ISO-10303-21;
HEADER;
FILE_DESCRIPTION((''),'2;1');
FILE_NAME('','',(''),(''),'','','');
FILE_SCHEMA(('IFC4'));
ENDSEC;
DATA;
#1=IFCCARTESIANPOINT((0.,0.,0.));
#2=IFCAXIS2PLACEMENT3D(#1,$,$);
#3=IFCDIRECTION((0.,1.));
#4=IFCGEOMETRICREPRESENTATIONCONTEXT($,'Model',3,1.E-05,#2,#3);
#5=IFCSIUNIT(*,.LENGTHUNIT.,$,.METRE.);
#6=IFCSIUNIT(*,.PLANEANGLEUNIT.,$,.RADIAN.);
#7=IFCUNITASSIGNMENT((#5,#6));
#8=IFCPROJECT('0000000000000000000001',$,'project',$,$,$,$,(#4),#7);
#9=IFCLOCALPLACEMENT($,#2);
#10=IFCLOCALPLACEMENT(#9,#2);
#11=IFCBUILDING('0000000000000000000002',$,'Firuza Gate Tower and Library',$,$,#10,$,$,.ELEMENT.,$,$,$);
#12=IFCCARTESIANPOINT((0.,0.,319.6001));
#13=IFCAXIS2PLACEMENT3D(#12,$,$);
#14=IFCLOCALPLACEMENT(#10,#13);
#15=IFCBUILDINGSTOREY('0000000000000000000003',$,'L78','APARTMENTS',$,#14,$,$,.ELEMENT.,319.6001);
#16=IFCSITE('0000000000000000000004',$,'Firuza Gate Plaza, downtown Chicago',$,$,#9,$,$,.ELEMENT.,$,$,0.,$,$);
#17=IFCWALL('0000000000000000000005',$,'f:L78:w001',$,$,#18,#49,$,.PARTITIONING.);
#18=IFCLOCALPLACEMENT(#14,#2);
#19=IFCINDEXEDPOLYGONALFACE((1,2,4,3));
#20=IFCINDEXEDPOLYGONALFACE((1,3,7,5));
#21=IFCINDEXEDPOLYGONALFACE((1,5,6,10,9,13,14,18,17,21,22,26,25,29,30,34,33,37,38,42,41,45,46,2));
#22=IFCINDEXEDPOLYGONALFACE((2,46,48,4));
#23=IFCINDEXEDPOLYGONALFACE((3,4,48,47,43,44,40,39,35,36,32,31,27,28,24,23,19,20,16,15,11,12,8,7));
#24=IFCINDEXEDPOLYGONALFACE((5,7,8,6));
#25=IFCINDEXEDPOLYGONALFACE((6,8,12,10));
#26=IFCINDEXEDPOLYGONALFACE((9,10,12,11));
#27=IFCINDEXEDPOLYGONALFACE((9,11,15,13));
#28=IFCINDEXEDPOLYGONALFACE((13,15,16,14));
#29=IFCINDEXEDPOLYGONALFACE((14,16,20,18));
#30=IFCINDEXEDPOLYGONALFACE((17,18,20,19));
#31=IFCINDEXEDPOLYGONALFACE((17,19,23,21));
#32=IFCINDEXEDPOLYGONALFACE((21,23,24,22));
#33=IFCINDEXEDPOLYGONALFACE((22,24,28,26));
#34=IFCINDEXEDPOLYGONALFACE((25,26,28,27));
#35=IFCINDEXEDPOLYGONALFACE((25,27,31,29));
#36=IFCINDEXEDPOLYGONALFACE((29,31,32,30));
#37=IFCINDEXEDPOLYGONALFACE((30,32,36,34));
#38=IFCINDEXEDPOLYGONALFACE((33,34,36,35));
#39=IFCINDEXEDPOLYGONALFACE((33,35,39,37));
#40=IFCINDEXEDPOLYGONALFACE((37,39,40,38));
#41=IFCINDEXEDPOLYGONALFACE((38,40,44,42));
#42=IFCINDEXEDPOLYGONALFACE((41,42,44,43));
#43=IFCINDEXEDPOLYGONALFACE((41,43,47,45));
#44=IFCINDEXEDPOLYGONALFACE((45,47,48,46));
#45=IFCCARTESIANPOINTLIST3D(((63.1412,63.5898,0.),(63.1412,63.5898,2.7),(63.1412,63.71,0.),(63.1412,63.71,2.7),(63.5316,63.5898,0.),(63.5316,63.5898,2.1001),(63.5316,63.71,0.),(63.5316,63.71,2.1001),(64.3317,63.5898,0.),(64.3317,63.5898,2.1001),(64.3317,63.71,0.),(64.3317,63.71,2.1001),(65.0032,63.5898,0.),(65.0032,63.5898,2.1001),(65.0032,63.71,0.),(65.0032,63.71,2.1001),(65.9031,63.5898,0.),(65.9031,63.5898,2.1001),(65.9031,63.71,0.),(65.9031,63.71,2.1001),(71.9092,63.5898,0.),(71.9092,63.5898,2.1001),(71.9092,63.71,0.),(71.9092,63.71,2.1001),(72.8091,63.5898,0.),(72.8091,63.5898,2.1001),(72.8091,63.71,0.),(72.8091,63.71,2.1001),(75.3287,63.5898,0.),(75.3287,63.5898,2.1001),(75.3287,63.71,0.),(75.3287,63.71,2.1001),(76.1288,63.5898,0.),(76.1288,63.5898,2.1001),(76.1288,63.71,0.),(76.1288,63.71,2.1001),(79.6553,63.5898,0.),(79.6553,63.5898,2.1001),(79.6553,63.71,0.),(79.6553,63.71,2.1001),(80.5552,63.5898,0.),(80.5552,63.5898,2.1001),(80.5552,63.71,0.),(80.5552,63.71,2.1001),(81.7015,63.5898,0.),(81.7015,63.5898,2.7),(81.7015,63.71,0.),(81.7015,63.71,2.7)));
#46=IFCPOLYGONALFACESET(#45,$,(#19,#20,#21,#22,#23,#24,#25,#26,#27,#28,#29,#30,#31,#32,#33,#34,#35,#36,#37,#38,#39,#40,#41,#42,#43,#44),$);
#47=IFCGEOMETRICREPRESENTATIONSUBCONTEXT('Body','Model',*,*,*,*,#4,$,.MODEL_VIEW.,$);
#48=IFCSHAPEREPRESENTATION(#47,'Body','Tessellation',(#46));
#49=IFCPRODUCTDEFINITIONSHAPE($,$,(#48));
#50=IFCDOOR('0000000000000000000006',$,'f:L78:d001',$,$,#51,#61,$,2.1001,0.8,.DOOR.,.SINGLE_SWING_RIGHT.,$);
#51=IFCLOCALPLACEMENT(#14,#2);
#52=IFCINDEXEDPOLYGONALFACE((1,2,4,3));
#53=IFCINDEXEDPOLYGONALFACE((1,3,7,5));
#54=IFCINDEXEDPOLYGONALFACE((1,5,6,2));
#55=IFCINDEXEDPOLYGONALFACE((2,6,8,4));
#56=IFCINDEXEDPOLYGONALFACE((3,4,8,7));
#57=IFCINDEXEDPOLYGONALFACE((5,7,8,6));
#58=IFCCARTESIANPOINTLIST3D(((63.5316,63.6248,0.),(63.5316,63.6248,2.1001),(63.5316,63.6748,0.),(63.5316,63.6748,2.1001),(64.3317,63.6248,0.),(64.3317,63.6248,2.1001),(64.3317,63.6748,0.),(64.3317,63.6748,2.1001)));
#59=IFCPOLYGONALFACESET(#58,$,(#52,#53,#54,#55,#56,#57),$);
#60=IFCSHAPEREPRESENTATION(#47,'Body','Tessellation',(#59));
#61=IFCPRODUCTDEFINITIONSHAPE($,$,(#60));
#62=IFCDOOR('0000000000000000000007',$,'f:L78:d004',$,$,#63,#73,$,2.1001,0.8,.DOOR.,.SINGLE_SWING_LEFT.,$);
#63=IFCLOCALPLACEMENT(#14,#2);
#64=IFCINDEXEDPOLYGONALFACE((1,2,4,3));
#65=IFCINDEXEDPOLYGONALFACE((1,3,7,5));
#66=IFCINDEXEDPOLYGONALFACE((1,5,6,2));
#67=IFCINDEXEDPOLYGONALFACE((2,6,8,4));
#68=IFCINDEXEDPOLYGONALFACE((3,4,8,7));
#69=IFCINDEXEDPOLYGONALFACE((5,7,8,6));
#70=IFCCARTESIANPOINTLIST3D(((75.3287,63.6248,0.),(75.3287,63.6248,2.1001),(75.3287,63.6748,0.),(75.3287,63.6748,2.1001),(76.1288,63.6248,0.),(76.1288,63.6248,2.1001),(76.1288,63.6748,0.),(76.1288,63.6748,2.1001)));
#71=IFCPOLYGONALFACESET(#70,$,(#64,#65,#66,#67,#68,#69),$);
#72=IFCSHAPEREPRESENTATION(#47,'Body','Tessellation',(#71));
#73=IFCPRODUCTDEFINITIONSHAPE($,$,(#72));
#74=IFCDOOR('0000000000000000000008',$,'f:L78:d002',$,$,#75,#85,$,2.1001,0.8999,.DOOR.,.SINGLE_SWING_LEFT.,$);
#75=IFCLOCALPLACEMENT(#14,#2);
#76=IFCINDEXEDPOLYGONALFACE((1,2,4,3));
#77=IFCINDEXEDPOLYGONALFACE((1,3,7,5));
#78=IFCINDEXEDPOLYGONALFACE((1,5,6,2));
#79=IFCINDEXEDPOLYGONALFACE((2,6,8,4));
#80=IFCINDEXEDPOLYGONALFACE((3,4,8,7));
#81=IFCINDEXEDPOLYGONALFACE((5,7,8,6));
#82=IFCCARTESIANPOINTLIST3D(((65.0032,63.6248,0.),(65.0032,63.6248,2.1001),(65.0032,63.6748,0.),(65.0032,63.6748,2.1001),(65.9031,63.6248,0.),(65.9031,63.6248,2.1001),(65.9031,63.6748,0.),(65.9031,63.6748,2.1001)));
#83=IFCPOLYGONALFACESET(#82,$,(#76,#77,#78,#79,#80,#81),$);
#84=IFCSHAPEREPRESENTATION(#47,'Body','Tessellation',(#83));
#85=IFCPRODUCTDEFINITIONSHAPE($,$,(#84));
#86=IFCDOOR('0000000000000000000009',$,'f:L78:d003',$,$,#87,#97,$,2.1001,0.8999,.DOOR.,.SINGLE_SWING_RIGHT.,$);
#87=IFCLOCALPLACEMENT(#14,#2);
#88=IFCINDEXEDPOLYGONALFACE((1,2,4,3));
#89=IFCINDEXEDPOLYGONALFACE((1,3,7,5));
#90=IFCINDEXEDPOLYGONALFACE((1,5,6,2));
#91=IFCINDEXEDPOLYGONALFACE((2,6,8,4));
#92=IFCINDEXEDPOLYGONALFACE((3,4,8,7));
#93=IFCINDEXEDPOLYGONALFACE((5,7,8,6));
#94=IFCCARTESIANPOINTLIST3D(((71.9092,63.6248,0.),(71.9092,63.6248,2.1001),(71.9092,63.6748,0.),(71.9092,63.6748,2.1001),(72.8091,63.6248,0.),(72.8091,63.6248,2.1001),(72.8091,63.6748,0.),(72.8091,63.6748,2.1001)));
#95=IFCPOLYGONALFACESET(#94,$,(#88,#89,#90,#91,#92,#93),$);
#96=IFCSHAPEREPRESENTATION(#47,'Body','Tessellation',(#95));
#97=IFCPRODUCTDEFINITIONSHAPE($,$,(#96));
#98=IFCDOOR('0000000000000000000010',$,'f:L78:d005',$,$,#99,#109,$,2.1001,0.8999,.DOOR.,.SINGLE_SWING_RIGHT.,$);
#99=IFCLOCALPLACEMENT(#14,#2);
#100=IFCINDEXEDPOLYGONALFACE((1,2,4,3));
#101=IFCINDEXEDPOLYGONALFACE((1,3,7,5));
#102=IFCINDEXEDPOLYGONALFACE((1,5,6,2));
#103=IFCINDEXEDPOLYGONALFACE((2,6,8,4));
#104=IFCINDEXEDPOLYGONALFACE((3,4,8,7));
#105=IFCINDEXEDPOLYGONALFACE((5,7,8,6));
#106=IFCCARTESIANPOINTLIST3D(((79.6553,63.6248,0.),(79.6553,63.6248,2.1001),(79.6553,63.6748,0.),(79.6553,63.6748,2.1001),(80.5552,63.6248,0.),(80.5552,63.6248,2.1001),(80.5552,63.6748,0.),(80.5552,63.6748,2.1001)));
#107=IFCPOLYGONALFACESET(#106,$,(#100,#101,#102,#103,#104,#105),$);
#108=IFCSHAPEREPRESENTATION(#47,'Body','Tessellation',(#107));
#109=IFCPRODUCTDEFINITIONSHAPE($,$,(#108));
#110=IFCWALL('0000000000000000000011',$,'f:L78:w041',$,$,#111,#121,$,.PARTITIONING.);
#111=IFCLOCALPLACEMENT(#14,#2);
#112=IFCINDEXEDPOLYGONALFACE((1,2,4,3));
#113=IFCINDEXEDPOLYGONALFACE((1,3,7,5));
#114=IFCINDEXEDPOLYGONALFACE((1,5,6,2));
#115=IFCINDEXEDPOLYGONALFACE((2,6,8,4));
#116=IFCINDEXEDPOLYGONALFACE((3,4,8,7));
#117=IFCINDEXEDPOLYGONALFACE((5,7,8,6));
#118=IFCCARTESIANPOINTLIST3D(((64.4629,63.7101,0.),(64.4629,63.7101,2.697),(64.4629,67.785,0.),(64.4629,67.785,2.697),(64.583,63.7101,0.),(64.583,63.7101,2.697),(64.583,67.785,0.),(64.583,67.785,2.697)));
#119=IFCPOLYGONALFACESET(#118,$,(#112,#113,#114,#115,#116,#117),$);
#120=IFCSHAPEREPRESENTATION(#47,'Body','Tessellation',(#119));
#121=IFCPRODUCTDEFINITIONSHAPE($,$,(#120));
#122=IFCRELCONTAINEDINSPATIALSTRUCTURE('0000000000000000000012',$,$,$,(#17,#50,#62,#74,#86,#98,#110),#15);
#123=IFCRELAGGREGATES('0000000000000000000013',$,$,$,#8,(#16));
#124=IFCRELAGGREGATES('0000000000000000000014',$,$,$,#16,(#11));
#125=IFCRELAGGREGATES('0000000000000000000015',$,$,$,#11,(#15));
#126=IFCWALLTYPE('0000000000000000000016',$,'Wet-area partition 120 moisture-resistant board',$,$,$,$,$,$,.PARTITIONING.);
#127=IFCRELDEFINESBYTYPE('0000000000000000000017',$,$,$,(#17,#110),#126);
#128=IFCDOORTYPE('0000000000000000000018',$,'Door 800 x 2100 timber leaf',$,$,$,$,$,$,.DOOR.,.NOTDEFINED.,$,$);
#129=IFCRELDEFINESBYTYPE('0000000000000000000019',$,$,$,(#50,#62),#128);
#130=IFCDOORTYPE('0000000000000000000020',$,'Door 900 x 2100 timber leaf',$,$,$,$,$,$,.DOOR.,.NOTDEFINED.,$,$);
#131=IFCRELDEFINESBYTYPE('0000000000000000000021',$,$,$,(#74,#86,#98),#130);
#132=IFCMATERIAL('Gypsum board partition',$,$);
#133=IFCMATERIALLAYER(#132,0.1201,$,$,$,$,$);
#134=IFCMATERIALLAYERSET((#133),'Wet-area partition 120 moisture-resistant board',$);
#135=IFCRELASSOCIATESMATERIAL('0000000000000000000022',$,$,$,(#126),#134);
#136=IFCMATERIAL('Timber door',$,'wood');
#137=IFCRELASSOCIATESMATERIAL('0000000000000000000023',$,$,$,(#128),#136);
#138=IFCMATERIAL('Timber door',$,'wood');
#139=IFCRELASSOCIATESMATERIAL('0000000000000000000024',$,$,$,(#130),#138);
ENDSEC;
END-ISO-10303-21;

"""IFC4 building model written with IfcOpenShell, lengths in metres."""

from ifc_helpers import new_model, si_unit, direction, frame, frame_2d, origin, place, context, subcontext, project, spatial, rectangle, extrude, material, layer, layer_set, type_object, element, fill, save


model = new_model("IFC4")

# Units and contexts
model_context = context("Model", 3, precision=1e-05, world=origin(), true_north=direction((0.0, 1.0)))
body_context = subcontext(model_context, "Body", "Model", "MODEL_VIEW")
ifc_project = project(units=[si_unit("LENGTHUNIT", "METRE"), si_unit("PLANEANGLEUNIT", "RADIAN")], contexts=[model_context])

# Site, building, storey
site_placement = place(None, origin())
site = spatial("IfcSite", under=ifc_project, at=site_placement, Name="Firuza Gate Plaza, downtown Chicago", CompositionType="ELEMENT", RefElevation=0.0)
building_placement = place(site_placement, origin())
building = spatial("IfcBuilding", under=site, at=building_placement, Name="Firuza Gate Tower and Library", CompositionType="ELEMENT")
storey_placement = place(building_placement, frame((0.0, 0.0, 319.6001)))
storey = spatial("IfcBuildingStorey", under=building, at=storey_placement, Name="L78", Description="APARTMENTS", CompositionType="ELEMENT", Elevation=319.6001)

# Wall, openings, doors
ifc_material_1 = material(Name="Gypsum board partition")
ifc_layer_1 = layer(ifc_material_1, 0.1201)
ifc_layer_set_1 = layer_set([ifc_layer_1], Name="Wet-area partition 120 moisture-resistant board")
wall_type_1 = type_object("IfcWallType", Name="Wet-area partition 120 moisture-resistant board", PredefinedType="PARTITIONING", material=ifc_layer_set_1)
wall_1_placement = place(storey_placement, frame((63.1411, 63.6499, 0.0), z_axis=(0.0, 0.0, 1.0), x_axis=(1.0, 0.0, 0.0)))
wall_1 = element("IfcWall", 1, at=wall_1_placement, inside=storey, type_object=wall_type_1, Name="f:L78:w001", PredefinedType="PARTITIONING", context=body_context, shape_type="SweptSolid", body=[
    extrude(rectangle(XDim=18.5603, YDim=0.1201, at=frame_2d((9.2803, 0.0))), origin(), (0.0, 0.0, 1.0), 2.7),
])
opening_1_placement = place(wall_1_placement, frame((0.3906, 0.0, 0.0)))
opening_1 = element("IfcOpeningElement", 2, at=opening_1_placement, cuts=wall_1, PredefinedType="OPENING", context=body_context, shape_type="SweptSolid", body=[
    extrude(rectangle(XDim=0.8, YDim=2.1001, at=frame_2d((0.3999, 1.05))), frame((0.0, 0.0701, 0.0), z_axis=(0.0, -1.0, 0.0), x_axis=(1.0, 0.0, 0.0)), (0.0, 0.0, 1.0), 0.1401),
])
opening_2_placement = place(wall_1_placement, frame((1.8621, 0.0, 0.0)))
opening_2 = element("IfcOpeningElement", 3, at=opening_2_placement, cuts=wall_1, PredefinedType="OPENING", context=body_context, shape_type="SweptSolid", body=[
    extrude(rectangle(XDim=0.8999, YDim=2.1001, at=frame_2d((0.45, 1.05))), frame((0.0, 0.0701, 0.0), z_axis=(0.0, -1.0, 0.0), x_axis=(1.0, 0.0, 0.0)), (0.0, 0.0, 1.0), 0.1401),
])
opening_3_placement = place(wall_1_placement, frame((8.7681, 0.0, 0.0)))
opening_3 = element("IfcOpeningElement", 4, at=opening_3_placement, cuts=wall_1, PredefinedType="OPENING", context=body_context, shape_type="SweptSolid", body=[
    extrude(rectangle(XDim=0.8999, YDim=2.1001, at=frame_2d((0.45, 1.05))), frame((0.0, 0.0701, 0.0), z_axis=(0.0, -1.0, 0.0), x_axis=(1.0, 0.0, 0.0)), (0.0, 0.0, 1.0), 0.1401),
])
opening_4_placement = place(wall_1_placement, frame((12.1877, 0.0, 0.0)))
opening_4 = element("IfcOpeningElement", 5, at=opening_4_placement, cuts=wall_1, PredefinedType="OPENING", context=body_context, shape_type="SweptSolid", body=[
    extrude(rectangle(XDim=0.8, YDim=2.1001, at=frame_2d((0.3999, 1.05))), frame((0.0, 0.0701, 0.0), z_axis=(0.0, -1.0, 0.0), x_axis=(1.0, 0.0, 0.0)), (0.0, 0.0, 1.0), 0.1401),
])
opening_5_placement = place(wall_1_placement, frame((16.5142, 0.0, 0.0)))
opening_5 = element("IfcOpeningElement", 6, at=opening_5_placement, cuts=wall_1, PredefinedType="OPENING", context=body_context, shape_type="SweptSolid", body=[
    extrude(rectangle(XDim=0.8999, YDim=2.1001, at=frame_2d((0.45, 1.05))), frame((0.0, 0.0701, 0.0), z_axis=(0.0, -1.0, 0.0), x_axis=(1.0, 0.0, 0.0)), (0.0, 0.0, 1.0), 0.1401),
])
ifc_material_2 = material(Name="Timber door", Category="wood")
door_type_1 = type_object("IfcDoorType", Name="Door 800 x 2100 timber leaf", OperationType="NOTDEFINED", PredefinedType="DOOR", material=ifc_material_2)
door_1_placement = place(opening_1_placement, origin())
door_1 = element("IfcDoor", 7, at=door_1_placement, inside=storey, type_object=door_type_1, Name="f:L78:d001", OperationType="SINGLE_SWING_RIGHT", OverallHeight=2.1001, OverallWidth=0.8, PredefinedType="DOOR", context=body_context, shape_type="SweptSolid", body=[
    extrude(rectangle(XDim=0.8, YDim=2.1001, at=frame_2d((0.3999, 1.05))), frame((0.0, 0.0249, 0.0), z_axis=(0.0, -1.0, 0.0), x_axis=(1.0, 0.0, 0.0)), (0.0, 0.0, 1.0), 0.05),
])
fill(opening_1, door_1)
door_2_placement = place(opening_4_placement, origin())
door_2 = element("IfcDoor", 8, at=door_2_placement, inside=storey, type_object=door_type_1, Name="f:L78:d004", OperationType="SINGLE_SWING_LEFT", OverallHeight=2.1001, OverallWidth=0.8, PredefinedType="DOOR", context=body_context, shape_type="SweptSolid", body=[
    extrude(rectangle(XDim=0.8, YDim=2.1001, at=frame_2d((0.3999, 1.05))), frame((0.0, 0.0249, 0.0), z_axis=(0.0, -1.0, 0.0), x_axis=(1.0, 0.0, 0.0)), (0.0, 0.0, 1.0), 0.05),
])
fill(opening_4, door_2)
ifc_material_3 = material(Name="Timber door", Category="wood")
door_type_2 = type_object("IfcDoorType", Name="Door 900 x 2100 timber leaf", OperationType="NOTDEFINED", PredefinedType="DOOR", material=ifc_material_3)
door_3_placement = place(opening_2_placement, origin())
door_3 = element("IfcDoor", 9, at=door_3_placement, inside=storey, type_object=door_type_2, Name="f:L78:d002", OperationType="SINGLE_SWING_LEFT", OverallHeight=2.1001, OverallWidth=0.8999, PredefinedType="DOOR", context=body_context, shape_type="SweptSolid", body=[
    extrude(rectangle(XDim=0.8999, YDim=2.1001, at=frame_2d((0.45, 1.05))), frame((0.0, 0.0249, 0.0), z_axis=(0.0, -1.0, 0.0), x_axis=(1.0, 0.0, 0.0)), (0.0, 0.0, 1.0), 0.05),
])
fill(opening_2, door_3)
door_4_placement = place(opening_3_placement, origin())
door_4 = element("IfcDoor", 10, at=door_4_placement, inside=storey, type_object=door_type_2, Name="f:L78:d003", OperationType="SINGLE_SWING_RIGHT", OverallHeight=2.1001, OverallWidth=0.8999, PredefinedType="DOOR", context=body_context, shape_type="SweptSolid", body=[
    extrude(rectangle(XDim=0.8999, YDim=2.1001, at=frame_2d((0.45, 1.05))), frame((0.0, 0.0249, 0.0), z_axis=(0.0, -1.0, 0.0), x_axis=(1.0, 0.0, 0.0)), (0.0, 0.0, 1.0), 0.05),
])
fill(opening_3, door_4)
door_5_placement = place(opening_5_placement, origin())
door_5 = element("IfcDoor", 11, at=door_5_placement, inside=storey, type_object=door_type_2, Name="f:L78:d005", OperationType="SINGLE_SWING_RIGHT", OverallHeight=2.1001, OverallWidth=0.8999, PredefinedType="DOOR", context=body_context, shape_type="SweptSolid", body=[
    extrude(rectangle(XDim=0.8999, YDim=2.1001, at=frame_2d((0.45, 1.05))), frame((0.0, 0.0249, 0.0), z_axis=(0.0, -1.0, 0.0), x_axis=(1.0, 0.0, 0.0)), (0.0, 0.0, 1.0), 0.05),
])
fill(opening_5, door_5)

# Wall
wall_2_placement = place(storey_placement, frame((64.5229, 63.71, 0.0), z_axis=(0.0, 0.0, 1.0), x_axis=(0.0, 1.0, 0.0)))
element("IfcWall", 12, at=wall_2_placement, inside=storey, type_object=wall_type_1, Name="f:L78:w041", PredefinedType="PARTITIONING", context=body_context, shape_type="SweptSolid", body=[
    extrude(rectangle(XDim=4.075, YDim=0.1201, at=frame_2d((2.0376, 0.0))), origin(), (0.0, 0.0, 1.0), 2.697),
])

save(model, "model.ifc")
